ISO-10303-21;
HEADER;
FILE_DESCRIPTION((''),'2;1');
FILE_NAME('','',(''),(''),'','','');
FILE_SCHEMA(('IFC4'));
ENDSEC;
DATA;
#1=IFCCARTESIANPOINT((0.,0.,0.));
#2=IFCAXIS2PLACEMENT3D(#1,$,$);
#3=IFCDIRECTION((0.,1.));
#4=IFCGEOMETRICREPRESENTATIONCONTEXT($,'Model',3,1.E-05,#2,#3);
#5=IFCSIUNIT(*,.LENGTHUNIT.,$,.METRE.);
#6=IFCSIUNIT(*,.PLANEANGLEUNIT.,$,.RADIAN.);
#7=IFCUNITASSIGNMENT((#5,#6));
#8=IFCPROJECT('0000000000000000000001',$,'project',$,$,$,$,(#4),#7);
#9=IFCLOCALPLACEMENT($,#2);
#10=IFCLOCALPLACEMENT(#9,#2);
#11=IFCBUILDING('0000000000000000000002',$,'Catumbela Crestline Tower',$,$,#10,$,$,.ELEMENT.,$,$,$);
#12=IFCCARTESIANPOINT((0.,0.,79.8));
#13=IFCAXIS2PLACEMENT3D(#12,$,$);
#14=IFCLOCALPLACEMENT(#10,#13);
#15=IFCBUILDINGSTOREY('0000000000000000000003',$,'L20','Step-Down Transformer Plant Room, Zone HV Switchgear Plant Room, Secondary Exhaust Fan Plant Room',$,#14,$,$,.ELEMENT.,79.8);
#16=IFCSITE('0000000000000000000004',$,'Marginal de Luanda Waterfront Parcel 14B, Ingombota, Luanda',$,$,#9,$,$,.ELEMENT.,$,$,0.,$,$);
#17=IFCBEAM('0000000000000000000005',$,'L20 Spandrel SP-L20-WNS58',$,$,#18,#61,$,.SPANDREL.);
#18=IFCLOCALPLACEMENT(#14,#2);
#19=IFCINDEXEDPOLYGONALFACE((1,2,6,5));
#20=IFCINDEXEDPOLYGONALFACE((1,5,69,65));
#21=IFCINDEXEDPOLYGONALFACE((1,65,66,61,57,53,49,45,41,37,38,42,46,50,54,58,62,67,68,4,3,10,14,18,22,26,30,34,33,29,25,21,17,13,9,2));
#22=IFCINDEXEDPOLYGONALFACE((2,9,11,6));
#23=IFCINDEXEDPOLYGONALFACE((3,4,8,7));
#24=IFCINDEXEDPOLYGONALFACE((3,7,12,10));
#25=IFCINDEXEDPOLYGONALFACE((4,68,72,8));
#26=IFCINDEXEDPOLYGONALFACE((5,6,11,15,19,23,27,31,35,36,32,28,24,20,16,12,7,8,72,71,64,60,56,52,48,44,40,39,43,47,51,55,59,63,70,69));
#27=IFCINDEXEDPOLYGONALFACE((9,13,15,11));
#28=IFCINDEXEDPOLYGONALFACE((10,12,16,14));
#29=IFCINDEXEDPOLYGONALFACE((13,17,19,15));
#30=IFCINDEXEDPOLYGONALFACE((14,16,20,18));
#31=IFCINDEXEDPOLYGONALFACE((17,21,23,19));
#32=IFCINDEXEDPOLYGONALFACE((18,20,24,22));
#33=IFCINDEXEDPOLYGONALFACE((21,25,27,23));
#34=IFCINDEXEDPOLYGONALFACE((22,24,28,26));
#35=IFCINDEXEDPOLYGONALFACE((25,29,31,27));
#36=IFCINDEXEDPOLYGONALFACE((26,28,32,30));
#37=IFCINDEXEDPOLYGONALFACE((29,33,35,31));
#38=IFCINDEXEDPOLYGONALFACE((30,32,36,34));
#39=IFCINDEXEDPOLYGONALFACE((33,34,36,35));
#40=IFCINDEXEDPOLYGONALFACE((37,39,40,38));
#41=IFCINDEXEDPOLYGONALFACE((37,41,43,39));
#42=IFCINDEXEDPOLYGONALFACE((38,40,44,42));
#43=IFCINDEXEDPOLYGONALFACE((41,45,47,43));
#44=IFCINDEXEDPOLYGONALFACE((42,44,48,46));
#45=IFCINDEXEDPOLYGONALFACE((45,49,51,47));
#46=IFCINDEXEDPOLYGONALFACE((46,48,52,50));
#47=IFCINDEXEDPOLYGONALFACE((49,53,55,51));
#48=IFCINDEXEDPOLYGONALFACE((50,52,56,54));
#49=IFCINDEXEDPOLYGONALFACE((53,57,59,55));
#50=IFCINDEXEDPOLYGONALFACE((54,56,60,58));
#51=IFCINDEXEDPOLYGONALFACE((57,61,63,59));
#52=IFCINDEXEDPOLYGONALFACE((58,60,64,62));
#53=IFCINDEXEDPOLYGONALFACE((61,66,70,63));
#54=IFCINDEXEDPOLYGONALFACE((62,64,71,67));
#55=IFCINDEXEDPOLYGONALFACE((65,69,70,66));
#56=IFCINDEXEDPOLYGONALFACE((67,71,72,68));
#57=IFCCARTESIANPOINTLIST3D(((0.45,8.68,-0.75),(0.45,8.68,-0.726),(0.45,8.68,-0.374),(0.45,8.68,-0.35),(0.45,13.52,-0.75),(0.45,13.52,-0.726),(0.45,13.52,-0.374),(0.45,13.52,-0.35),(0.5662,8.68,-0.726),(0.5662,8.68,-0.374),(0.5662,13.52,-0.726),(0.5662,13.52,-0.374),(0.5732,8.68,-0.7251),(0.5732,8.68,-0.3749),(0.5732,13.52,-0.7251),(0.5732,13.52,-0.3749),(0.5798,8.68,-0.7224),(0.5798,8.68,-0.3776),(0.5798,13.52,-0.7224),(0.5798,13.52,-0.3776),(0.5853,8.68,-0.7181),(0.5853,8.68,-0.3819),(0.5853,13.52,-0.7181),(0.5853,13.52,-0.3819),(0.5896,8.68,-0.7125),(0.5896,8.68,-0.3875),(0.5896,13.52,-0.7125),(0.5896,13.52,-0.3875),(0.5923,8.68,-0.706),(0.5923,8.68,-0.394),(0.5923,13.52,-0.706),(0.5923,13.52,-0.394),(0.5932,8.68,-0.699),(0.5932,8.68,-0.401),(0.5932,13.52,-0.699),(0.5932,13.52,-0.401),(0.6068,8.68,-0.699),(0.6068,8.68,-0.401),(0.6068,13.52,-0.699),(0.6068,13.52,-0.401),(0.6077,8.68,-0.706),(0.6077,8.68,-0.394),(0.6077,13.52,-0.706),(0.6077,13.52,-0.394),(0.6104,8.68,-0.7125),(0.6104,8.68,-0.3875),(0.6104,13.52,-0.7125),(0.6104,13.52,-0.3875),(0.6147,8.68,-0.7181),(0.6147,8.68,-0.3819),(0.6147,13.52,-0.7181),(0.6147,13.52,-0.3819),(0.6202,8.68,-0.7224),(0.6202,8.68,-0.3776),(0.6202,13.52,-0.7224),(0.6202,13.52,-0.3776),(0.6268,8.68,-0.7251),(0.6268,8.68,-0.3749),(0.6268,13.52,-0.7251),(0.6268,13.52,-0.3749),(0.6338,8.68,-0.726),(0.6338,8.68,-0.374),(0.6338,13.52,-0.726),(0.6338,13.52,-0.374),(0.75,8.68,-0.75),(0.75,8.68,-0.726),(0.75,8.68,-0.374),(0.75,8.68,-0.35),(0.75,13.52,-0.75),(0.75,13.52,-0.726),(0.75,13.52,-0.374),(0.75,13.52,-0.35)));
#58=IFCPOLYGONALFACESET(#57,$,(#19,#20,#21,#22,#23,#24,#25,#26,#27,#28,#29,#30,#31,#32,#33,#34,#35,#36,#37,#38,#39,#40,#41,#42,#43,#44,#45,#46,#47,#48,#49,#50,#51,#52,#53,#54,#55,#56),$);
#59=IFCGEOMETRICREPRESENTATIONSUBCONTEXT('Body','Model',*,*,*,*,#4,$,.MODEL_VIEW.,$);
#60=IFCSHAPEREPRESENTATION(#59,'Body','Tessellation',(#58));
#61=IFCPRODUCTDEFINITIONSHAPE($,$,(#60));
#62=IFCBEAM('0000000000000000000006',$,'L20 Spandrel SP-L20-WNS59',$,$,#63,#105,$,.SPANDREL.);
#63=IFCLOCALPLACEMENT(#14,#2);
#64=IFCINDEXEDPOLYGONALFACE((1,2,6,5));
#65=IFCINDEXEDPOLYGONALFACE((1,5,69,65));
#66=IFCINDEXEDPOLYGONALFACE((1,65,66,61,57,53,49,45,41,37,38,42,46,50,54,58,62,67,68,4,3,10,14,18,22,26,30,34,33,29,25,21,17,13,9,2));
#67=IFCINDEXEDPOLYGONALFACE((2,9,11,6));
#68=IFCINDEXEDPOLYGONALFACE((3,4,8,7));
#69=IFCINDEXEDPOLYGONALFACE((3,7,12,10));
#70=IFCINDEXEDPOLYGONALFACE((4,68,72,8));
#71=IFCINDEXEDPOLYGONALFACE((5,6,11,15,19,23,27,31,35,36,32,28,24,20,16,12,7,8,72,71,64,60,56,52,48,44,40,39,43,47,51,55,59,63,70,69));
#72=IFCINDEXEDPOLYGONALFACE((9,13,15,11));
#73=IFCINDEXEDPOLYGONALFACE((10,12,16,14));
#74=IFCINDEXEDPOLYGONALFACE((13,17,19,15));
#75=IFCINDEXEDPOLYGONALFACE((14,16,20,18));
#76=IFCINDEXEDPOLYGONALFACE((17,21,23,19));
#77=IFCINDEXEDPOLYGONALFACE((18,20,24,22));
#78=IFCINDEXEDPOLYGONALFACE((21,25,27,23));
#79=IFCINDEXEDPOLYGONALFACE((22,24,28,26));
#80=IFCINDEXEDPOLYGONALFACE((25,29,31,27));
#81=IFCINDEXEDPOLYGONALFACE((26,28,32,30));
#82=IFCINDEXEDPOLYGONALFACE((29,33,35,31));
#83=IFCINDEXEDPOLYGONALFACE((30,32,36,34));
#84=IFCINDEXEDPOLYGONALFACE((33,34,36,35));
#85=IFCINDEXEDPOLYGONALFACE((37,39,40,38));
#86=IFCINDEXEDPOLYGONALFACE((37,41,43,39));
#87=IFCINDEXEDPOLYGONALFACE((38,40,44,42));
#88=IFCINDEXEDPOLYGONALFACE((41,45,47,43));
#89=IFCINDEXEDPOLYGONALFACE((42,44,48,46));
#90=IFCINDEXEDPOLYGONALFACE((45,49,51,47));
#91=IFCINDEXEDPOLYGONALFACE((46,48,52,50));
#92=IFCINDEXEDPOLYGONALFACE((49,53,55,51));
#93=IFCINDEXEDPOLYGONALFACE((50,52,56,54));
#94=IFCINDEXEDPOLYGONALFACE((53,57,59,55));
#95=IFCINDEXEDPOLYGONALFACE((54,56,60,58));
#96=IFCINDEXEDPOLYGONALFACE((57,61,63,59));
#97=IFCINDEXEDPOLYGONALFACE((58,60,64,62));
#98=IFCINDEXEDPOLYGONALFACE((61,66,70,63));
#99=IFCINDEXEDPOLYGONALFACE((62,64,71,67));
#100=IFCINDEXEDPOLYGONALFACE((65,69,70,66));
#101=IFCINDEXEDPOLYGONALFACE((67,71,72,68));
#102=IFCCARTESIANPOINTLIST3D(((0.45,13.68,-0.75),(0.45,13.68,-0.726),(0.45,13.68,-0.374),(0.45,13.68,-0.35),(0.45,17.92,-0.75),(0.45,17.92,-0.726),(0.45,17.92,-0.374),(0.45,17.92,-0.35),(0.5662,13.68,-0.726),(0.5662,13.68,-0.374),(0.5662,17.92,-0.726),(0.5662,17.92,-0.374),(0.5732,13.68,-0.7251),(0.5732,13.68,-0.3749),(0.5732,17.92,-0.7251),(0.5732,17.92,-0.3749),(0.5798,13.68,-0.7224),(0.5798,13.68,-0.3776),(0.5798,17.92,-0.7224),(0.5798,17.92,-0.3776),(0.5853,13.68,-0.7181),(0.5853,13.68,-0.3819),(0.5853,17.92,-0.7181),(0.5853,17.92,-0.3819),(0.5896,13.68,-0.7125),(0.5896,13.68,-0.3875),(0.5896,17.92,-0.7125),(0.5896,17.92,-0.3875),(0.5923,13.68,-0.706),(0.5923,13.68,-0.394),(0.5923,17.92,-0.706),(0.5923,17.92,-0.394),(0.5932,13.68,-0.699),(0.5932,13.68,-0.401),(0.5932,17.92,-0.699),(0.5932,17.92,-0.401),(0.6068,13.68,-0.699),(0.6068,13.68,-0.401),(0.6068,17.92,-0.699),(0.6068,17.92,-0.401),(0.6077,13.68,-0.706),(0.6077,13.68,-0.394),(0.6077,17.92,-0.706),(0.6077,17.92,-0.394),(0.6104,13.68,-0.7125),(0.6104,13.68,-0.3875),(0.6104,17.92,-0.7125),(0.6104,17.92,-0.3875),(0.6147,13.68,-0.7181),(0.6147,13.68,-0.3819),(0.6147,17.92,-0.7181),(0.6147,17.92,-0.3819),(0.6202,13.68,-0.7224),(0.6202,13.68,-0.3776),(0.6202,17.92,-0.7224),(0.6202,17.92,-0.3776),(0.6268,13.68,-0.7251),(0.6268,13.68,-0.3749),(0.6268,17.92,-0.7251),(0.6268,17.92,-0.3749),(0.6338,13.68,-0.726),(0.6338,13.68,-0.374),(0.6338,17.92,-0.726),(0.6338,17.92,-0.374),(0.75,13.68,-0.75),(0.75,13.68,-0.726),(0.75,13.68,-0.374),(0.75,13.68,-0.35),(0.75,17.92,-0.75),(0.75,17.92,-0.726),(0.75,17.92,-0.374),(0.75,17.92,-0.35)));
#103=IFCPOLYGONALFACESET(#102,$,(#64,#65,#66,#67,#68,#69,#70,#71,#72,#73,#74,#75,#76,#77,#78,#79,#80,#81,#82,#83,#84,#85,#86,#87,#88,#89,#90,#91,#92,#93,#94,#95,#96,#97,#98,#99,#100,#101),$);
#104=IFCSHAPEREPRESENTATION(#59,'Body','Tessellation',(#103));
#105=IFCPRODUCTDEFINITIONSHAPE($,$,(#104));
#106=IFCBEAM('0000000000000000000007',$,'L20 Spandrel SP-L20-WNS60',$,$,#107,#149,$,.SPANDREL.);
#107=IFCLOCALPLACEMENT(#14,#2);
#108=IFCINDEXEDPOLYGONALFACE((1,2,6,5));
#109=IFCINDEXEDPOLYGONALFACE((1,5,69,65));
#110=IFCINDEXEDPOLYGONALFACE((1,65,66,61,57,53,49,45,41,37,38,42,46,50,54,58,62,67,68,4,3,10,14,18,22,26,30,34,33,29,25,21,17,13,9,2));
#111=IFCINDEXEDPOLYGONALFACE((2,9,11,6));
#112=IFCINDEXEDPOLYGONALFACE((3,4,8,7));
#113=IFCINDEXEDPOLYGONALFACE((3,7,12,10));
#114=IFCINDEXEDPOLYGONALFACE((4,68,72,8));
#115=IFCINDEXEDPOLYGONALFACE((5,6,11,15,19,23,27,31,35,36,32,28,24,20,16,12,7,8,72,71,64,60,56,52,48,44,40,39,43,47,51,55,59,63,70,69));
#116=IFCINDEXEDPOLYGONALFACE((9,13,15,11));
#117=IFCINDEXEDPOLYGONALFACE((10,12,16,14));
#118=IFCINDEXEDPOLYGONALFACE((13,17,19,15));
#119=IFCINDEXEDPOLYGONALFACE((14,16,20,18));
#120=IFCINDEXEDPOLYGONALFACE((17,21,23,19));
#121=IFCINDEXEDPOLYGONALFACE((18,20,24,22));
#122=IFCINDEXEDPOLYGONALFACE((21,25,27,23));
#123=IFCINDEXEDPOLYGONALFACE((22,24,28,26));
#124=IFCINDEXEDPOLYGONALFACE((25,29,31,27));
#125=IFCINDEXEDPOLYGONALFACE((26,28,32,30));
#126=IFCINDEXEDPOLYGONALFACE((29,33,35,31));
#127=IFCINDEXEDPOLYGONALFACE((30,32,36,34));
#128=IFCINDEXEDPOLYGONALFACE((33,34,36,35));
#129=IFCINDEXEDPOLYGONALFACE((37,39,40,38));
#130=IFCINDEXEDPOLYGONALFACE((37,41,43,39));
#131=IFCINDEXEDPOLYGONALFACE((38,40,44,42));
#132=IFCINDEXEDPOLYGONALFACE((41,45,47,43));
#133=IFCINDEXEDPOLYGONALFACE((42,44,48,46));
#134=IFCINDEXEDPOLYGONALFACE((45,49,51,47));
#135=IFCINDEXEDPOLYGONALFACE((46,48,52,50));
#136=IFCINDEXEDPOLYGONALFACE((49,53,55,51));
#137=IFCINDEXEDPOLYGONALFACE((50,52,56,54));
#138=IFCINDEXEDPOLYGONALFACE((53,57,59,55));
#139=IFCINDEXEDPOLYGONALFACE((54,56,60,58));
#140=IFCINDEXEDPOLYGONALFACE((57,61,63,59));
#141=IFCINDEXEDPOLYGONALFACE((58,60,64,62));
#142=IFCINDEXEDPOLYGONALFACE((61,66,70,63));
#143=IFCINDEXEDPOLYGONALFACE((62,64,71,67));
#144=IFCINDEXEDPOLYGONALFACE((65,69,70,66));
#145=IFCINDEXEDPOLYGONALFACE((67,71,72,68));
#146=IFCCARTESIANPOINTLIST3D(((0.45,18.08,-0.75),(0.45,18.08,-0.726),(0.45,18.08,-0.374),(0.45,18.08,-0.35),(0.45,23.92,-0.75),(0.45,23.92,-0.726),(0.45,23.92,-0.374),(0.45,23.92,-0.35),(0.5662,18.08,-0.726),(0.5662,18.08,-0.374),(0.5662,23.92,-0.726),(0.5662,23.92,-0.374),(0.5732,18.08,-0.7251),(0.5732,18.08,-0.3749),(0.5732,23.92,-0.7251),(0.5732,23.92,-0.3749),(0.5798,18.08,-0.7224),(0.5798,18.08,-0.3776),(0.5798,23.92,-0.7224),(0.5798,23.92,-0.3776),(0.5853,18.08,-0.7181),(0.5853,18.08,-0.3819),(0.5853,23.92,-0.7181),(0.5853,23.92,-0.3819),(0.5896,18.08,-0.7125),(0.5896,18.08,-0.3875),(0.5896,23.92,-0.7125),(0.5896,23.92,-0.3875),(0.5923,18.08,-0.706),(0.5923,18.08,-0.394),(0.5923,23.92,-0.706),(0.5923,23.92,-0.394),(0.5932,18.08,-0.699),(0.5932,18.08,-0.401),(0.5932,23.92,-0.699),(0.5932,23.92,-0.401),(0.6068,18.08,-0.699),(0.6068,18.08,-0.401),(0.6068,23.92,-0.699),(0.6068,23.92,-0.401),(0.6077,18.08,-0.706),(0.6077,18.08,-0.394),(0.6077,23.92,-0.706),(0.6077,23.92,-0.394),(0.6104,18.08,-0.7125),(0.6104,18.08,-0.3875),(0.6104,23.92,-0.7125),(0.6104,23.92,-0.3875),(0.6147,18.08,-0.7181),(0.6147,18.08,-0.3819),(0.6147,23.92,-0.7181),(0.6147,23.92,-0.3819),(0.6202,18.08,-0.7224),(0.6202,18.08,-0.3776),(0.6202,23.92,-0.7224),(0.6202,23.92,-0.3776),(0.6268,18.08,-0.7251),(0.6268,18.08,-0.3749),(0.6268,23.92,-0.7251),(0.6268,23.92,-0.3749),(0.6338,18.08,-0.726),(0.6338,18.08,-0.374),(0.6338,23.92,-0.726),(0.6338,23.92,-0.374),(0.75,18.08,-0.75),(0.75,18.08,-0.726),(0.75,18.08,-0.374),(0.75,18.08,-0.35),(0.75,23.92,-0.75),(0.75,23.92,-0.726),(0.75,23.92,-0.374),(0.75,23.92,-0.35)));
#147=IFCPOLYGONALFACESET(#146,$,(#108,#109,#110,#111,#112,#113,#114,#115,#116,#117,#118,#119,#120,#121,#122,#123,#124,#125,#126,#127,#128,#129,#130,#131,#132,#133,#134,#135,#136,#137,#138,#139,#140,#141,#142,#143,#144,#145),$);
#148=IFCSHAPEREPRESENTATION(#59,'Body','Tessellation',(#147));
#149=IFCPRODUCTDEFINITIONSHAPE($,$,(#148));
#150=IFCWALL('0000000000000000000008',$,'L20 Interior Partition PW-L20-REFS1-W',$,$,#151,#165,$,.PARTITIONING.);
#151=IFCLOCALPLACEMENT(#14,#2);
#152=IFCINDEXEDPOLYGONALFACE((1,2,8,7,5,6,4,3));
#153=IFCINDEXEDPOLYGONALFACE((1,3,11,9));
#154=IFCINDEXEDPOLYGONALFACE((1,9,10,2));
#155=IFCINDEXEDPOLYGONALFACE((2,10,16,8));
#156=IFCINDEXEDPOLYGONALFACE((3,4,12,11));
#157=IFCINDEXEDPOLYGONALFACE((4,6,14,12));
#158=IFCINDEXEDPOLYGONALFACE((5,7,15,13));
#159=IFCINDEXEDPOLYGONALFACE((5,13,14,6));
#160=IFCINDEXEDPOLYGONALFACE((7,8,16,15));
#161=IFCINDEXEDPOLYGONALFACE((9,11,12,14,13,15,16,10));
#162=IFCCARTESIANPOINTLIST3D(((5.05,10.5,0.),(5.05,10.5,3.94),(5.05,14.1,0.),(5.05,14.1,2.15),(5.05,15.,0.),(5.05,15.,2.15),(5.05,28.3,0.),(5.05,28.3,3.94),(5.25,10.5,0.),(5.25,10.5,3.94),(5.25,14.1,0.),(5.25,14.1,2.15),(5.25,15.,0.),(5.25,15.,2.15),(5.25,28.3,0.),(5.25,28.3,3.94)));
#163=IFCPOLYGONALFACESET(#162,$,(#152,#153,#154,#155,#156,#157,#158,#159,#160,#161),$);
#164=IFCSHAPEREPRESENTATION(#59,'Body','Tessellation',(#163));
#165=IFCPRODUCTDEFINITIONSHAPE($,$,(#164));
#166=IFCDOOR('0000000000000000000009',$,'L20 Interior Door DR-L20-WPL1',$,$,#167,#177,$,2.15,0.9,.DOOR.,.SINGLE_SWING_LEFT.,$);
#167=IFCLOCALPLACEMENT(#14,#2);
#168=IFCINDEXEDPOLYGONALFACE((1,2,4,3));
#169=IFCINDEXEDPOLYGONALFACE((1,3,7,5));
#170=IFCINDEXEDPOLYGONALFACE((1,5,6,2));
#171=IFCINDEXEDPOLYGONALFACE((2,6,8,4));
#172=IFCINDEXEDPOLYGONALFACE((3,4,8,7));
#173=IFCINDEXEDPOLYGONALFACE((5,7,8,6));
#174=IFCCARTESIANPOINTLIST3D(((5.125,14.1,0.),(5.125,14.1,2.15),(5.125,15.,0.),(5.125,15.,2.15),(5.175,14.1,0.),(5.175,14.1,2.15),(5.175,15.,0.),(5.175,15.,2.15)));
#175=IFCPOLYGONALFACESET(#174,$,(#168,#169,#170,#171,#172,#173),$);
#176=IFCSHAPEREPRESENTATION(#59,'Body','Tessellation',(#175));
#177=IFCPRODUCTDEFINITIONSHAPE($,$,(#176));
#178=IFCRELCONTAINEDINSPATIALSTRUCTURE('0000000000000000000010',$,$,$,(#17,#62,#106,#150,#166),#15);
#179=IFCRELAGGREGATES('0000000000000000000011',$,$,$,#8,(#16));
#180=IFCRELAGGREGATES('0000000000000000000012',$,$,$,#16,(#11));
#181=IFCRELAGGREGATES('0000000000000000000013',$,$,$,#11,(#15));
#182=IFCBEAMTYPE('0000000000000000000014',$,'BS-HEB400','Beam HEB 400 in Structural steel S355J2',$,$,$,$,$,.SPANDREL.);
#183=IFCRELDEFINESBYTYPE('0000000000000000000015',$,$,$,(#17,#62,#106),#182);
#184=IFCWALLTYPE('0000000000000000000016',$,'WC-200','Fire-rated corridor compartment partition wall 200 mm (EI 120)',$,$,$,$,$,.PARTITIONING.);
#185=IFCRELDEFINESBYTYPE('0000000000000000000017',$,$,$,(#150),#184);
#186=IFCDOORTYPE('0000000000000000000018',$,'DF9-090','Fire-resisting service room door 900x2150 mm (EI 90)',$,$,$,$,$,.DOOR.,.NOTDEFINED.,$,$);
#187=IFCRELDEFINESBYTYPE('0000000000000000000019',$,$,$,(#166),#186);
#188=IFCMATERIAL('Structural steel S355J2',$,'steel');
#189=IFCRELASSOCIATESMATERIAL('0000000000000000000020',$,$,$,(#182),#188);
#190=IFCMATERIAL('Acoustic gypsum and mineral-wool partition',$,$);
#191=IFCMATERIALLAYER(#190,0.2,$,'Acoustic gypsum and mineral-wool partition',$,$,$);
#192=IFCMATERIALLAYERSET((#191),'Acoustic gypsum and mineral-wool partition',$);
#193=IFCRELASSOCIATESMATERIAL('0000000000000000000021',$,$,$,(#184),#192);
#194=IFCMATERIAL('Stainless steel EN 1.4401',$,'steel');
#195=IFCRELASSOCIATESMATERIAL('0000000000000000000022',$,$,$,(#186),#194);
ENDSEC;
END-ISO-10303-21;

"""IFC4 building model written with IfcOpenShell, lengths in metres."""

from ifc_helpers import new_model, si_unit, direction, frame, frame_2d, origin, origin_2d, place, context, subcontext, project, spatial, rectangle, i_section, extrude, material, layer, layer_set, material_profile, profile_set, type_object, element, fill, save


model = new_model("IFC4")

# Units and contexts
model_context = context("Model", 3, precision=1e-05, world=origin(), true_north=direction((0.0, 1.0)))
body_context = subcontext(model_context, "Body", "Model", "MODEL_VIEW")
ifc_project = project(units=[si_unit("LENGTHUNIT", "METRE"), si_unit("PLANEANGLEUNIT", "RADIAN")], contexts=[model_context])

# Site, building, storey
site_placement = place(None, origin())
site = spatial("IfcSite", under=ifc_project, at=site_placement, Name="Marginal de Luanda Waterfront Parcel 14B, Ingombota, Luanda", CompositionType="ELEMENT", RefElevation=0.0)
building_placement = place(site_placement, origin())
building = spatial("IfcBuilding", under=site, at=building_placement, Name="Catumbela Crestline Tower", CompositionType="ELEMENT")
storey_placement = place(building_placement, frame((0.0, 0.0, 79.8)))
storey = spatial("IfcBuildingStorey", under=building, at=storey_placement, Name="L20", Description="Step-Down Transformer Plant Room, Zone HV Switchgear Plant Room, Secondary Exhaust Fan Plant Room", CompositionType="ELEMENT", Elevation=79.8)

# Beams
ifc_material_1 = material(Name="Structural steel S355J2", Category="steel")
ifc_material_profile_1 = material_profile(ifc_material_1, i_section(OverallWidth=0.3, OverallDepth=0.4, WebThickness=0.0135, FlangeThickness=0.024, FilletRadius=0.027, at=origin_2d()), Name="HEB 400")
ifc_profile_set_1 = profile_set([ifc_material_profile_1], Name="Structural steel S355J2")
beam_type_1 = type_object("IfcBeamType", Name="BS-HEB400", Description="Beam HEB 400 in Structural steel S355J2", PredefinedType="SPANDREL", material=ifc_profile_set_1)
beam_1_placement = place(storey_placement, frame((0.6, 8.68, -0.55), z_axis=(0.0, 1.0, 0.0), x_axis=(-1.0, 0.0, 0.0)))
element("IfcBeam", 1, at=beam_1_placement, inside=storey, type_object=beam_type_1, Name="L20 Spandrel SP-L20-WNS58", PredefinedType="SPANDREL", context=body_context, shape_type="SweptSolid", body=[
    extrude(i_section(OverallWidth=0.3, OverallDepth=0.4, WebThickness=0.0135, FlangeThickness=0.024, FilletRadius=0.027, at=origin_2d()), origin(), (0.0, 0.0, 1.0), 4.84),
])
beam_2_placement = place(storey_placement, frame((0.6, 13.68, -0.55), z_axis=(0.0, 1.0, 0.0), x_axis=(-1.0, 0.0, 0.0)))
element("IfcBeam", 2, at=beam_2_placement, inside=storey, type_object=beam_type_1, Name="L20 Spandrel SP-L20-WNS59", PredefinedType="SPANDREL", context=body_context, shape_type="SweptSolid", body=[
    extrude(i_section(OverallWidth=0.3, OverallDepth=0.4, WebThickness=0.0135, FlangeThickness=0.024, FilletRadius=0.027, at=origin_2d()), origin(), (0.0, 0.0, 1.0), 4.24),
])
beam_3_placement = place(storey_placement, frame((0.6, 18.08, -0.55), z_axis=(0.0, 1.0, 0.0), x_axis=(-1.0, 0.0, 0.0)))
element("IfcBeam", 3, at=beam_3_placement, inside=storey, type_object=beam_type_1, Name="L20 Spandrel SP-L20-WNS60", PredefinedType="SPANDREL", context=body_context, shape_type="SweptSolid", body=[
    extrude(i_section(OverallWidth=0.3, OverallDepth=0.4, WebThickness=0.0135, FlangeThickness=0.024, FilletRadius=0.027, at=origin_2d()), origin(), (0.0, 0.0, 1.0), 5.84),
])

# Wall, opening, door
ifc_material_2 = material(Name="Acoustic gypsum and mineral-wool partition")
ifc_layer = layer(ifc_material_2, 0.2, Name="Acoustic gypsum and mineral-wool partition")
ifc_layer_set = layer_set([ifc_layer], Name="Acoustic gypsum and mineral-wool partition")
wall_type = type_object("IfcWallType", Name="WC-200", Description="Fire-rated corridor compartment partition wall 200 mm (EI 120)", PredefinedType="PARTITIONING", material=ifc_layer_set)
wall_1_placement = place(storey_placement, frame((5.15, 10.5, 0.0), z_axis=(0.0, 0.0, 1.0), x_axis=(0.0, 1.0, 0.0)))
wall_1 = element("IfcWall", 4, at=wall_1_placement, inside=storey, type_object=wall_type, Name="L20 Interior Partition PW-L20-REFS1-W", PredefinedType="PARTITIONING", context=body_context, shape_type="SweptSolid", body=[
    extrude(rectangle(XDim=17.8, YDim=0.2, at=frame_2d((8.9, 0.0))), origin(), (0.0, 0.0, 1.0), 3.94),
])
opening_1_placement = place(wall_1_placement, frame((3.6, 0.0, 0.0)))
opening_1 = element("IfcOpeningElement", 5, at=opening_1_placement, cuts=wall_1, PredefinedType="OPENING", context=body_context, shape_type="SweptSolid", body=[
    extrude(rectangle(XDim=0.9, YDim=2.15, at=frame_2d((0.45, 1.075))), frame((0.0, 0.11, 0.0), z_axis=(0.0, -1.0, 0.0), x_axis=(1.0, 0.0, 0.0)), (0.0, 0.0, 1.0), 0.22),
])
ifc_material_3 = material(Name="Stainless steel EN 1.4401", Category="steel")
door_type_1 = type_object("IfcDoorType", Name="DF9-090", Description="Fire-resisting service room door 900x2150 mm (EI 90)", OperationType="NOTDEFINED", PredefinedType="DOOR", material=ifc_material_3)
door_1_placement = place(opening_1_placement, origin())
door_1 = element("IfcDoor", 6, at=door_1_placement, inside=storey, type_object=door_type_1, Name="L20 Interior Door DR-L20-WPL1", OperationType="SINGLE_SWING_LEFT", OverallHeight=2.15, OverallWidth=0.9, PredefinedType="DOOR", context=body_context, shape_type="SweptSolid", body=[
    extrude(rectangle(XDim=0.9, YDim=2.15, at=frame_2d((0.45, 1.075))), frame((0.0, 0.025, 0.0), z_axis=(0.0, -1.0, 0.0), x_axis=(1.0, 0.0, 0.0)), (0.0, 0.0, 1.0), 0.05),
])
fill(opening_1, door_1)

save(model, "model.ifc")
